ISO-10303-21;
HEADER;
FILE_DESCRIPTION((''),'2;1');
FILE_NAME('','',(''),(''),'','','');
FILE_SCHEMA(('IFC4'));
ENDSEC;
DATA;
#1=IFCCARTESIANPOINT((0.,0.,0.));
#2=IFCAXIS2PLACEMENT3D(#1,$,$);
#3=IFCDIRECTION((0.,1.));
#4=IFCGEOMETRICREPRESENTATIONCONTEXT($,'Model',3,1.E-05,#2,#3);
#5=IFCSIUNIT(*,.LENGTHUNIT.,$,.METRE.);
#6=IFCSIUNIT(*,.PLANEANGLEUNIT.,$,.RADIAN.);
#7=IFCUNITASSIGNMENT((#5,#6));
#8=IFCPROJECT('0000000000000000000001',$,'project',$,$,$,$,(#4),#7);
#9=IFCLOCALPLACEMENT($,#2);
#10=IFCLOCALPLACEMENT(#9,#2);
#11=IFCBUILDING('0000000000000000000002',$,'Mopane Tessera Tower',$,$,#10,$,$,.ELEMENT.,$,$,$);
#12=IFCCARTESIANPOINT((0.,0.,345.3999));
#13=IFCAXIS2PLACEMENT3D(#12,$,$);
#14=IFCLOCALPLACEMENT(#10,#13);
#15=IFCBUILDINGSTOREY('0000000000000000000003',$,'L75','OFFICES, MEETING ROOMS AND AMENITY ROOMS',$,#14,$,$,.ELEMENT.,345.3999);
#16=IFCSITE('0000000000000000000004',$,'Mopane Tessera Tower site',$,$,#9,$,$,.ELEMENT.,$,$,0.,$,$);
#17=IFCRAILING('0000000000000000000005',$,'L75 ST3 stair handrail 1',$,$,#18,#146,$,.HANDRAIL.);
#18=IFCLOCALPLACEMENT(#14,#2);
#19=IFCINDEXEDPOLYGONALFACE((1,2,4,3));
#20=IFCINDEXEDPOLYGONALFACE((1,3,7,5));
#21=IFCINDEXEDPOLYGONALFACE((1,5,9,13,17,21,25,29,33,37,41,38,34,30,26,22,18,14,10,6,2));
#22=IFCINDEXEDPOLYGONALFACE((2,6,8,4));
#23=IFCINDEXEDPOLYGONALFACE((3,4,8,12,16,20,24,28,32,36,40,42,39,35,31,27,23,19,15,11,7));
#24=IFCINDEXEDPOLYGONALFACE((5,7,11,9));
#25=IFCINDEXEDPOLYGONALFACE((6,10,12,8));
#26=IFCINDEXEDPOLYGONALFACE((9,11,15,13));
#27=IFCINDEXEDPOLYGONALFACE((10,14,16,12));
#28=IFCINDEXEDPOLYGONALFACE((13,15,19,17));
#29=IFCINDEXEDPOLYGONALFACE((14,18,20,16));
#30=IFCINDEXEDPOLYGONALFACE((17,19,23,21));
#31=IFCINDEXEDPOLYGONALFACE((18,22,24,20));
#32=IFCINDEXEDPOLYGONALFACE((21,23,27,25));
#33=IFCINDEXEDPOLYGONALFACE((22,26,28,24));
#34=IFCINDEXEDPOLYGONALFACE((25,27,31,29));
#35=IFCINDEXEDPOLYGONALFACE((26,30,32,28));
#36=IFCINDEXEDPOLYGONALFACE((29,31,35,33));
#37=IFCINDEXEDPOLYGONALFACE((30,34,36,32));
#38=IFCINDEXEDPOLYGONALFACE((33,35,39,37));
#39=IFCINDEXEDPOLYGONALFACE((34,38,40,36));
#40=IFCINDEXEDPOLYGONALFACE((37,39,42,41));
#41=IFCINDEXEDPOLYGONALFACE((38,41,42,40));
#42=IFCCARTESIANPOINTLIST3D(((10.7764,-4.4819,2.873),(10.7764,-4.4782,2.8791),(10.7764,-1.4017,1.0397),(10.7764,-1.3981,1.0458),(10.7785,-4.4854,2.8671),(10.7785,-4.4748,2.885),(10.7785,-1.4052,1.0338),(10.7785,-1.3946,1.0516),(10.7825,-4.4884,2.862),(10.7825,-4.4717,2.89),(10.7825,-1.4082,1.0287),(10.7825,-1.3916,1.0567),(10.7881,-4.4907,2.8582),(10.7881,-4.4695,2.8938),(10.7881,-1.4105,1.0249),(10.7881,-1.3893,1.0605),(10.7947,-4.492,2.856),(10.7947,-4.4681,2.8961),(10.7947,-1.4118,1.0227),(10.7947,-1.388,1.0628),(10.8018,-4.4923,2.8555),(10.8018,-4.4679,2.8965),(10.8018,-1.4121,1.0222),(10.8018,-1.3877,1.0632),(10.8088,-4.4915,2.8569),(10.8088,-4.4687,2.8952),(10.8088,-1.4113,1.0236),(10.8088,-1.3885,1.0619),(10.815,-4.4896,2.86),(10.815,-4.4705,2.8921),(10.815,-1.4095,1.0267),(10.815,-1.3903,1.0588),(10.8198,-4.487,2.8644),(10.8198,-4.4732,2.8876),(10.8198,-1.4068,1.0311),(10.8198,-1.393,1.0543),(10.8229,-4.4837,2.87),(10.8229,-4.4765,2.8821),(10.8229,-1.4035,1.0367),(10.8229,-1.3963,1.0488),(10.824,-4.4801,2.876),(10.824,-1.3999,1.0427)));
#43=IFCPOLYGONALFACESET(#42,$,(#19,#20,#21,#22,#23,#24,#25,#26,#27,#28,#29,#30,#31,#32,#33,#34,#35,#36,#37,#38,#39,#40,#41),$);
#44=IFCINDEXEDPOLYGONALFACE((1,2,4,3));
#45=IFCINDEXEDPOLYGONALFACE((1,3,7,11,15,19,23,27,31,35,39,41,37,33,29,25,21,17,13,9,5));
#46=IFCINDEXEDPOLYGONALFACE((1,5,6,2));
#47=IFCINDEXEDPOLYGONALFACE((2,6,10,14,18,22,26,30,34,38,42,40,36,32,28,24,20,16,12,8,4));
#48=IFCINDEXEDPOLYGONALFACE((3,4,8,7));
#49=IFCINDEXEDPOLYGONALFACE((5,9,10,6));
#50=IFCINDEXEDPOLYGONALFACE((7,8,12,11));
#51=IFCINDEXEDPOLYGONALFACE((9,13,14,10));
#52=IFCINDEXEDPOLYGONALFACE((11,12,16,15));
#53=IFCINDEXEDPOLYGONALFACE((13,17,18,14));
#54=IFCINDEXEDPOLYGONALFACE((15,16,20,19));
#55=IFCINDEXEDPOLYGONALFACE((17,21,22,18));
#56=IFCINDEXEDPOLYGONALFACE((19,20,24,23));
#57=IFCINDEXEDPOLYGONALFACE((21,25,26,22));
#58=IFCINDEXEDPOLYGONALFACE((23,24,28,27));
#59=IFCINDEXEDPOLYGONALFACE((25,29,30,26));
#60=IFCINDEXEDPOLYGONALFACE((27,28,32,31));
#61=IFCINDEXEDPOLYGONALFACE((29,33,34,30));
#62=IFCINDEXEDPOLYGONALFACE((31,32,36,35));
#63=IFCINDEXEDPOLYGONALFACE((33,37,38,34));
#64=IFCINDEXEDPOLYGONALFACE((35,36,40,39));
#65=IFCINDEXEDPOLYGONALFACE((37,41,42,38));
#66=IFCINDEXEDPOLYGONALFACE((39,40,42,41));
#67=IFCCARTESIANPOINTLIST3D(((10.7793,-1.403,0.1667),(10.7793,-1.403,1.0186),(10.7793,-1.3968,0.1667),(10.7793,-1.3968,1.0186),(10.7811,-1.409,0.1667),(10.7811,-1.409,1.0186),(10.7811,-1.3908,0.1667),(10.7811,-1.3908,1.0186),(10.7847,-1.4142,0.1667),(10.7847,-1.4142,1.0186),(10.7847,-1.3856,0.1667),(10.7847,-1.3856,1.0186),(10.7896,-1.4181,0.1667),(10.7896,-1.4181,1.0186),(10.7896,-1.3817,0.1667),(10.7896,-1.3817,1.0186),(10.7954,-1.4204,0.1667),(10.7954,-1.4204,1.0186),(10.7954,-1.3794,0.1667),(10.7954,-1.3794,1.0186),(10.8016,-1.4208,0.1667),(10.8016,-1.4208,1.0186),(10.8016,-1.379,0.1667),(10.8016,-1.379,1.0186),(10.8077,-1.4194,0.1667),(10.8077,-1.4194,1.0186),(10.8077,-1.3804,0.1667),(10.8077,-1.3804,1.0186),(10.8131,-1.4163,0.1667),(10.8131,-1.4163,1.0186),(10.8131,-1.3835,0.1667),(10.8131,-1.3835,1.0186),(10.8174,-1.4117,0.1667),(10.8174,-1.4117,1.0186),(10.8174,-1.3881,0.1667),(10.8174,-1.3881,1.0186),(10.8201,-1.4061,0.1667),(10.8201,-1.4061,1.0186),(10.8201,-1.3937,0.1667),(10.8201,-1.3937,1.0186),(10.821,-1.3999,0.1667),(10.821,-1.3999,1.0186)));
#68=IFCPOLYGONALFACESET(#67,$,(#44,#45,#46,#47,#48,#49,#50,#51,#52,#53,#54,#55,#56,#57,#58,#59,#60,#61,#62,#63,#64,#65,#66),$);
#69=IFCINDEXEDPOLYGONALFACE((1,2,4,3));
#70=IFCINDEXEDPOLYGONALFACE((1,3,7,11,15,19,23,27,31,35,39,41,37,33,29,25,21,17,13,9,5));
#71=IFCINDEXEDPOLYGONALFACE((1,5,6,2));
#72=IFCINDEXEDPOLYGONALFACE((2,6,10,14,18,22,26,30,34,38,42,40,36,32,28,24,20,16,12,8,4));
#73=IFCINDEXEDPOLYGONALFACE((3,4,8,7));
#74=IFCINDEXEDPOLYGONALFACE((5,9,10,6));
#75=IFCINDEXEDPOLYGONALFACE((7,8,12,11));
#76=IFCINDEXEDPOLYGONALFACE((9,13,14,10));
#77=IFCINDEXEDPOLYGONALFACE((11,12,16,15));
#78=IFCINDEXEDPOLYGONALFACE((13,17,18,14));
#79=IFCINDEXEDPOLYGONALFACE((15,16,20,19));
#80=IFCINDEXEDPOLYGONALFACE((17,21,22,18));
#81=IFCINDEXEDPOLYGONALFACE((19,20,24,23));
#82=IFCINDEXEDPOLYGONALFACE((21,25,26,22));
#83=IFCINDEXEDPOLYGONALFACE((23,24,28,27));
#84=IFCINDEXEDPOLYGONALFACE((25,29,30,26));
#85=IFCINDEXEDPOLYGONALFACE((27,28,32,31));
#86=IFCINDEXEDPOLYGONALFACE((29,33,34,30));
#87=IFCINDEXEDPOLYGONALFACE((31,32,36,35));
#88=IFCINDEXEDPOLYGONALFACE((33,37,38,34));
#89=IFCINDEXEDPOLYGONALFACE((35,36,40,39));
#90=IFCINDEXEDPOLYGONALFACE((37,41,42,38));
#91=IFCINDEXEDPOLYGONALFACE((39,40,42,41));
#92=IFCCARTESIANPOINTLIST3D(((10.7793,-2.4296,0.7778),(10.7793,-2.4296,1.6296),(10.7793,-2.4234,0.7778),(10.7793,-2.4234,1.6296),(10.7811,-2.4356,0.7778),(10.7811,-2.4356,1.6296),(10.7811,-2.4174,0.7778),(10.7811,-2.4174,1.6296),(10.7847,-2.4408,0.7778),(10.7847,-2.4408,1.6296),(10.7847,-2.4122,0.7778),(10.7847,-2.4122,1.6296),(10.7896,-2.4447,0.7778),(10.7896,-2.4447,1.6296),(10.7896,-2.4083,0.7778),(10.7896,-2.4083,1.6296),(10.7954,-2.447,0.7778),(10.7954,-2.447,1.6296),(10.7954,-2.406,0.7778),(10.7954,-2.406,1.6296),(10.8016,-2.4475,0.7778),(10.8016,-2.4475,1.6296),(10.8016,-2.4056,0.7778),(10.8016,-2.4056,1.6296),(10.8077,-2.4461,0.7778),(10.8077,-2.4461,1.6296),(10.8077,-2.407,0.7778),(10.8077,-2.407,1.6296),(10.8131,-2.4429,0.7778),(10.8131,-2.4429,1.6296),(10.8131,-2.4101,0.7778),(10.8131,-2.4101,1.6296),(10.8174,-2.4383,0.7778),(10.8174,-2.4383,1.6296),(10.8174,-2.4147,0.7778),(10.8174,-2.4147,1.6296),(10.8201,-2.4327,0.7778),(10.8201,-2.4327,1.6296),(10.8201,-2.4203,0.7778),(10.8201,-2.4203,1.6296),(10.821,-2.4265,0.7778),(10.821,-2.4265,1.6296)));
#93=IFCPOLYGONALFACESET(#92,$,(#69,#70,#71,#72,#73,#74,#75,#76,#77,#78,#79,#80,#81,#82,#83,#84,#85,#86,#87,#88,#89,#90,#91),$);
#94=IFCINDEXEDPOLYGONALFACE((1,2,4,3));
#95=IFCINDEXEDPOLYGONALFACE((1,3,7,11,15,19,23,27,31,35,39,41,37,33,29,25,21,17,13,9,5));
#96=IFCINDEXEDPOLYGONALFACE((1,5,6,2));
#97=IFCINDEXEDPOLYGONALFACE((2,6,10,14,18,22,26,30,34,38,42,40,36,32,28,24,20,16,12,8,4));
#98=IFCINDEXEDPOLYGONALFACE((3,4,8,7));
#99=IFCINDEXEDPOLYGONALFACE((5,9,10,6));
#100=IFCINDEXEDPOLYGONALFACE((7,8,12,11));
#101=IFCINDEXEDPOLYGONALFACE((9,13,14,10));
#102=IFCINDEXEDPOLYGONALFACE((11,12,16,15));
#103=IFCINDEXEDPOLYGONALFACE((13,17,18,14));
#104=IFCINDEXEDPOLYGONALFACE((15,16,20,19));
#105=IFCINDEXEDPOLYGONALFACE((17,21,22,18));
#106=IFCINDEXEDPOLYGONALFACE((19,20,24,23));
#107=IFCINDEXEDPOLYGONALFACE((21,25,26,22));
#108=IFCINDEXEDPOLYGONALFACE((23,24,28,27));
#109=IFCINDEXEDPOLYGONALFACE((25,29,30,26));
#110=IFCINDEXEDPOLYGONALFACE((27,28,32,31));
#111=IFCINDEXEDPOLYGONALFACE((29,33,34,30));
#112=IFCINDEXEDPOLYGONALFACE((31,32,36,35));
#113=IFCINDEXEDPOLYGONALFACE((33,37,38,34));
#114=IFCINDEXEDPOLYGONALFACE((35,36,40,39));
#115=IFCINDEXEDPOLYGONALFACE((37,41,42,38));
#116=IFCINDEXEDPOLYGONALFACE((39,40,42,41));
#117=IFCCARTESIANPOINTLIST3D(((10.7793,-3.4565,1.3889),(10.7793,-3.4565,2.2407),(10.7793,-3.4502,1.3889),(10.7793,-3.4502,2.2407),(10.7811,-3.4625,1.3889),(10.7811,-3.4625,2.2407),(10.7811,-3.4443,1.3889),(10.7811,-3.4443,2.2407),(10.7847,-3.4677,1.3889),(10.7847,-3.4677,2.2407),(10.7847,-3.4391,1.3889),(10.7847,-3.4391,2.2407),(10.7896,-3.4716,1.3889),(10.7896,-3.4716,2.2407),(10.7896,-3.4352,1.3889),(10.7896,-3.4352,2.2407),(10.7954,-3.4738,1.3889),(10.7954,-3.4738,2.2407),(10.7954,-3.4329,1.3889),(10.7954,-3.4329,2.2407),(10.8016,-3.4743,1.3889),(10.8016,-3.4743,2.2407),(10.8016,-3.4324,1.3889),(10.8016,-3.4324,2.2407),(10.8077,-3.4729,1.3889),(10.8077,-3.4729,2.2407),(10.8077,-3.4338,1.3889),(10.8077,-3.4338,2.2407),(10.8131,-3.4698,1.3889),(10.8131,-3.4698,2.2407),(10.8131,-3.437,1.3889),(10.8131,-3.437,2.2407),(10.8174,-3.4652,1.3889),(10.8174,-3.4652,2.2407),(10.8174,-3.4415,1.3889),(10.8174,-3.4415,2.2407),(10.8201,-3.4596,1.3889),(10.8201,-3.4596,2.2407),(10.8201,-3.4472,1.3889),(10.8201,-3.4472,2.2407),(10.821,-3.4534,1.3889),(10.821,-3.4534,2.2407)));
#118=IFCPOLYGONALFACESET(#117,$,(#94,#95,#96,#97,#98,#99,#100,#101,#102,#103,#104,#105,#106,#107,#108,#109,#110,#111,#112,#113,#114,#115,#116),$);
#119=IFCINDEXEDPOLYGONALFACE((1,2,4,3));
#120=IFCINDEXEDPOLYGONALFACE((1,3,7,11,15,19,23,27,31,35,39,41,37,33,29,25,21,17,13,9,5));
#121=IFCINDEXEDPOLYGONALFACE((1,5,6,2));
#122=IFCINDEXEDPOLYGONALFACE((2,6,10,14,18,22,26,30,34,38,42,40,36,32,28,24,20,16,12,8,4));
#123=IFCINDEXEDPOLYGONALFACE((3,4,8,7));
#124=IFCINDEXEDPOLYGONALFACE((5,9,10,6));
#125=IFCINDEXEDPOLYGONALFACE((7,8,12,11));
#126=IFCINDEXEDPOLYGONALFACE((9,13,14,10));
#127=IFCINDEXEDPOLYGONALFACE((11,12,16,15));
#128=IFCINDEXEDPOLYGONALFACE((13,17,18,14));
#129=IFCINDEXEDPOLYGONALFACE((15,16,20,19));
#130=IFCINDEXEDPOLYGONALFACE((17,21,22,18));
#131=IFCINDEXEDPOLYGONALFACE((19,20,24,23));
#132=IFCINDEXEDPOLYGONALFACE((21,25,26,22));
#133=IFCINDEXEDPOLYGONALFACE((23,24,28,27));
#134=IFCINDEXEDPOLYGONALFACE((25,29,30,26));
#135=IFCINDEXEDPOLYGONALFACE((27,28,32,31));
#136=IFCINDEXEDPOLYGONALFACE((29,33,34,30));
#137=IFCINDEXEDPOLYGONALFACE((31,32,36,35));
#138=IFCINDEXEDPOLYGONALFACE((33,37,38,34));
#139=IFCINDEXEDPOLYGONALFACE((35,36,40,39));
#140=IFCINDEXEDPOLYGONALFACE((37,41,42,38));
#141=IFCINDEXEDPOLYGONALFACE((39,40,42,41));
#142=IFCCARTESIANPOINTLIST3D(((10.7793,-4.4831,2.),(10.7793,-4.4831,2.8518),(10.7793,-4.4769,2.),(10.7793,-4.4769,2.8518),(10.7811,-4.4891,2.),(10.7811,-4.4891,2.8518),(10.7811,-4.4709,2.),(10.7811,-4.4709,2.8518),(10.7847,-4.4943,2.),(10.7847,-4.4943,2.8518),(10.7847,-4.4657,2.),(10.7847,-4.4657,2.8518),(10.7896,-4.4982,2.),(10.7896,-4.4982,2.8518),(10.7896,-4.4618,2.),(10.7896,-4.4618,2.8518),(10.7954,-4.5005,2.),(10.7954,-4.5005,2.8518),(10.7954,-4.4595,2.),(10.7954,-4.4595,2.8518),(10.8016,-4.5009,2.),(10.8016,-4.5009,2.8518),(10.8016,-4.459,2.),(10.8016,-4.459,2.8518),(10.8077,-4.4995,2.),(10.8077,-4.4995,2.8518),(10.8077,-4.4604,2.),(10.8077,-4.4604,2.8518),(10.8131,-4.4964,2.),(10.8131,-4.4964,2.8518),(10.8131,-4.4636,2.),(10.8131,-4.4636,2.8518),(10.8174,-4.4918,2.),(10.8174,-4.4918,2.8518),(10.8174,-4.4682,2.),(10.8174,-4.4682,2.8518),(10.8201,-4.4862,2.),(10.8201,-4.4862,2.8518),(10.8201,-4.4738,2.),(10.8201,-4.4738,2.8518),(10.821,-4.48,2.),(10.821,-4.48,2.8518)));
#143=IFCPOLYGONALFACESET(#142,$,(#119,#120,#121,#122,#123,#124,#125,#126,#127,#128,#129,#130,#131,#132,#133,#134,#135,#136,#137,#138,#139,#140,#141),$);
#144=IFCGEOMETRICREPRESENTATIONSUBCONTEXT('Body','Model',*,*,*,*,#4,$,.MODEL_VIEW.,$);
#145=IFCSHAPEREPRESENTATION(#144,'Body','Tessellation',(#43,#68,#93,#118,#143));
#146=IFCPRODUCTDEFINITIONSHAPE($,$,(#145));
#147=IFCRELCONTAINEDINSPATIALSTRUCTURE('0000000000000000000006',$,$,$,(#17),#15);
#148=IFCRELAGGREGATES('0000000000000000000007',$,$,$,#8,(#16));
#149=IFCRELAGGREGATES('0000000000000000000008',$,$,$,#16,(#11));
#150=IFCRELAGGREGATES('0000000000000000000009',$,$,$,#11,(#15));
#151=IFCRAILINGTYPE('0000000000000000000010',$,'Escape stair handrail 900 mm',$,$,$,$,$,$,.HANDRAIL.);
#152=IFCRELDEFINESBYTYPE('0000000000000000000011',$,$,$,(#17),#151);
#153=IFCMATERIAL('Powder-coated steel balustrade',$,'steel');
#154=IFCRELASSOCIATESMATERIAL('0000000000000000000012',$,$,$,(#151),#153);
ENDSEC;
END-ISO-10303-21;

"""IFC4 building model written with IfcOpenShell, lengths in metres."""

from ifc_helpers import new_model, si_unit, direction, frame, origin, origin_2d, place, context, subcontext, project, spatial, circle, extrude, material, type_object, element, save


model = new_model("IFC4")

# Units and contexts
model_context = context("Model", 3, precision=1e-05, world=origin(), true_north=direction((0.0, 1.0)))
body_context = subcontext(model_context, "Body", "Model", "MODEL_VIEW")
ifc_project = project(units=[si_unit("LENGTHUNIT", "METRE"), si_unit("PLANEANGLEUNIT", "RADIAN")], contexts=[model_context])

# Site, building, storey
site_placement = place(None, origin())
site = spatial("IfcSite", under=ifc_project, at=site_placement, Name="Mopane Tessera Tower site", CompositionType="ELEMENT", RefElevation=0.0)
building_placement = place(site_placement, origin())
building = spatial("IfcBuilding", under=site, at=building_placement, Name="Mopane Tessera Tower", CompositionType="ELEMENT")
storey_placement = place(building_placement, frame((0.0, 0.0, 345.3999)))
storey = spatial("IfcBuildingStorey", under=building, at=storey_placement, Name="L75", Description="OFFICES, MEETING ROOMS AND AMENITY ROOMS", CompositionType="ELEMENT", Elevation=345.3999)

# Railing
ifc_material_1 = material(Name="Powder-coated steel balustrade", Category="steel")
railing_type_1 = type_object("IfcRailingType", Name="Escape stair handrail 900 mm", PredefinedType="HANDRAIL", material=ifc_material_1)
railing_1_placement = place(storey_placement, frame((10.8, -1.3999, 0.1667)))
element("IfcRailing", 1, at=railing_1_placement, inside=storey, type_object=railing_type_1, Name="L75 ST3 stair handrail 1", PredefinedType="HANDRAIL", context=body_context, shape_type="SweptSolid", body=[
    extrude(circle(Radius=0.0239, at=origin_2d()), frame((0.0, 0.0, 0.876), z_axis=(0.0, -0.859309, 0.511458), x_axis=(1.0, 0.0, 0.0)), (0.0, 0.0, 1.0), 3.5845),
    extrude(circle(Radius=0.021, at=origin_2d()), origin(), (0.0, 0.0, 1.0), 0.8518),
    extrude(circle(Radius=0.021, at=origin_2d()), frame((0.0, -1.0266, 0.6111)), (0.0, 0.0, 1.0), 0.8518),
    extrude(circle(Radius=0.021, at=origin_2d()), frame((0.0, -2.0535, 1.2222)), (0.0, 0.0, 1.0), 0.8518),
    extrude(circle(Radius=0.021, at=origin_2d()), frame((0.0, -3.0801, 1.8333)), (0.0, 0.0, 1.0), 0.8518),
])

save(model, "model.ifc")
